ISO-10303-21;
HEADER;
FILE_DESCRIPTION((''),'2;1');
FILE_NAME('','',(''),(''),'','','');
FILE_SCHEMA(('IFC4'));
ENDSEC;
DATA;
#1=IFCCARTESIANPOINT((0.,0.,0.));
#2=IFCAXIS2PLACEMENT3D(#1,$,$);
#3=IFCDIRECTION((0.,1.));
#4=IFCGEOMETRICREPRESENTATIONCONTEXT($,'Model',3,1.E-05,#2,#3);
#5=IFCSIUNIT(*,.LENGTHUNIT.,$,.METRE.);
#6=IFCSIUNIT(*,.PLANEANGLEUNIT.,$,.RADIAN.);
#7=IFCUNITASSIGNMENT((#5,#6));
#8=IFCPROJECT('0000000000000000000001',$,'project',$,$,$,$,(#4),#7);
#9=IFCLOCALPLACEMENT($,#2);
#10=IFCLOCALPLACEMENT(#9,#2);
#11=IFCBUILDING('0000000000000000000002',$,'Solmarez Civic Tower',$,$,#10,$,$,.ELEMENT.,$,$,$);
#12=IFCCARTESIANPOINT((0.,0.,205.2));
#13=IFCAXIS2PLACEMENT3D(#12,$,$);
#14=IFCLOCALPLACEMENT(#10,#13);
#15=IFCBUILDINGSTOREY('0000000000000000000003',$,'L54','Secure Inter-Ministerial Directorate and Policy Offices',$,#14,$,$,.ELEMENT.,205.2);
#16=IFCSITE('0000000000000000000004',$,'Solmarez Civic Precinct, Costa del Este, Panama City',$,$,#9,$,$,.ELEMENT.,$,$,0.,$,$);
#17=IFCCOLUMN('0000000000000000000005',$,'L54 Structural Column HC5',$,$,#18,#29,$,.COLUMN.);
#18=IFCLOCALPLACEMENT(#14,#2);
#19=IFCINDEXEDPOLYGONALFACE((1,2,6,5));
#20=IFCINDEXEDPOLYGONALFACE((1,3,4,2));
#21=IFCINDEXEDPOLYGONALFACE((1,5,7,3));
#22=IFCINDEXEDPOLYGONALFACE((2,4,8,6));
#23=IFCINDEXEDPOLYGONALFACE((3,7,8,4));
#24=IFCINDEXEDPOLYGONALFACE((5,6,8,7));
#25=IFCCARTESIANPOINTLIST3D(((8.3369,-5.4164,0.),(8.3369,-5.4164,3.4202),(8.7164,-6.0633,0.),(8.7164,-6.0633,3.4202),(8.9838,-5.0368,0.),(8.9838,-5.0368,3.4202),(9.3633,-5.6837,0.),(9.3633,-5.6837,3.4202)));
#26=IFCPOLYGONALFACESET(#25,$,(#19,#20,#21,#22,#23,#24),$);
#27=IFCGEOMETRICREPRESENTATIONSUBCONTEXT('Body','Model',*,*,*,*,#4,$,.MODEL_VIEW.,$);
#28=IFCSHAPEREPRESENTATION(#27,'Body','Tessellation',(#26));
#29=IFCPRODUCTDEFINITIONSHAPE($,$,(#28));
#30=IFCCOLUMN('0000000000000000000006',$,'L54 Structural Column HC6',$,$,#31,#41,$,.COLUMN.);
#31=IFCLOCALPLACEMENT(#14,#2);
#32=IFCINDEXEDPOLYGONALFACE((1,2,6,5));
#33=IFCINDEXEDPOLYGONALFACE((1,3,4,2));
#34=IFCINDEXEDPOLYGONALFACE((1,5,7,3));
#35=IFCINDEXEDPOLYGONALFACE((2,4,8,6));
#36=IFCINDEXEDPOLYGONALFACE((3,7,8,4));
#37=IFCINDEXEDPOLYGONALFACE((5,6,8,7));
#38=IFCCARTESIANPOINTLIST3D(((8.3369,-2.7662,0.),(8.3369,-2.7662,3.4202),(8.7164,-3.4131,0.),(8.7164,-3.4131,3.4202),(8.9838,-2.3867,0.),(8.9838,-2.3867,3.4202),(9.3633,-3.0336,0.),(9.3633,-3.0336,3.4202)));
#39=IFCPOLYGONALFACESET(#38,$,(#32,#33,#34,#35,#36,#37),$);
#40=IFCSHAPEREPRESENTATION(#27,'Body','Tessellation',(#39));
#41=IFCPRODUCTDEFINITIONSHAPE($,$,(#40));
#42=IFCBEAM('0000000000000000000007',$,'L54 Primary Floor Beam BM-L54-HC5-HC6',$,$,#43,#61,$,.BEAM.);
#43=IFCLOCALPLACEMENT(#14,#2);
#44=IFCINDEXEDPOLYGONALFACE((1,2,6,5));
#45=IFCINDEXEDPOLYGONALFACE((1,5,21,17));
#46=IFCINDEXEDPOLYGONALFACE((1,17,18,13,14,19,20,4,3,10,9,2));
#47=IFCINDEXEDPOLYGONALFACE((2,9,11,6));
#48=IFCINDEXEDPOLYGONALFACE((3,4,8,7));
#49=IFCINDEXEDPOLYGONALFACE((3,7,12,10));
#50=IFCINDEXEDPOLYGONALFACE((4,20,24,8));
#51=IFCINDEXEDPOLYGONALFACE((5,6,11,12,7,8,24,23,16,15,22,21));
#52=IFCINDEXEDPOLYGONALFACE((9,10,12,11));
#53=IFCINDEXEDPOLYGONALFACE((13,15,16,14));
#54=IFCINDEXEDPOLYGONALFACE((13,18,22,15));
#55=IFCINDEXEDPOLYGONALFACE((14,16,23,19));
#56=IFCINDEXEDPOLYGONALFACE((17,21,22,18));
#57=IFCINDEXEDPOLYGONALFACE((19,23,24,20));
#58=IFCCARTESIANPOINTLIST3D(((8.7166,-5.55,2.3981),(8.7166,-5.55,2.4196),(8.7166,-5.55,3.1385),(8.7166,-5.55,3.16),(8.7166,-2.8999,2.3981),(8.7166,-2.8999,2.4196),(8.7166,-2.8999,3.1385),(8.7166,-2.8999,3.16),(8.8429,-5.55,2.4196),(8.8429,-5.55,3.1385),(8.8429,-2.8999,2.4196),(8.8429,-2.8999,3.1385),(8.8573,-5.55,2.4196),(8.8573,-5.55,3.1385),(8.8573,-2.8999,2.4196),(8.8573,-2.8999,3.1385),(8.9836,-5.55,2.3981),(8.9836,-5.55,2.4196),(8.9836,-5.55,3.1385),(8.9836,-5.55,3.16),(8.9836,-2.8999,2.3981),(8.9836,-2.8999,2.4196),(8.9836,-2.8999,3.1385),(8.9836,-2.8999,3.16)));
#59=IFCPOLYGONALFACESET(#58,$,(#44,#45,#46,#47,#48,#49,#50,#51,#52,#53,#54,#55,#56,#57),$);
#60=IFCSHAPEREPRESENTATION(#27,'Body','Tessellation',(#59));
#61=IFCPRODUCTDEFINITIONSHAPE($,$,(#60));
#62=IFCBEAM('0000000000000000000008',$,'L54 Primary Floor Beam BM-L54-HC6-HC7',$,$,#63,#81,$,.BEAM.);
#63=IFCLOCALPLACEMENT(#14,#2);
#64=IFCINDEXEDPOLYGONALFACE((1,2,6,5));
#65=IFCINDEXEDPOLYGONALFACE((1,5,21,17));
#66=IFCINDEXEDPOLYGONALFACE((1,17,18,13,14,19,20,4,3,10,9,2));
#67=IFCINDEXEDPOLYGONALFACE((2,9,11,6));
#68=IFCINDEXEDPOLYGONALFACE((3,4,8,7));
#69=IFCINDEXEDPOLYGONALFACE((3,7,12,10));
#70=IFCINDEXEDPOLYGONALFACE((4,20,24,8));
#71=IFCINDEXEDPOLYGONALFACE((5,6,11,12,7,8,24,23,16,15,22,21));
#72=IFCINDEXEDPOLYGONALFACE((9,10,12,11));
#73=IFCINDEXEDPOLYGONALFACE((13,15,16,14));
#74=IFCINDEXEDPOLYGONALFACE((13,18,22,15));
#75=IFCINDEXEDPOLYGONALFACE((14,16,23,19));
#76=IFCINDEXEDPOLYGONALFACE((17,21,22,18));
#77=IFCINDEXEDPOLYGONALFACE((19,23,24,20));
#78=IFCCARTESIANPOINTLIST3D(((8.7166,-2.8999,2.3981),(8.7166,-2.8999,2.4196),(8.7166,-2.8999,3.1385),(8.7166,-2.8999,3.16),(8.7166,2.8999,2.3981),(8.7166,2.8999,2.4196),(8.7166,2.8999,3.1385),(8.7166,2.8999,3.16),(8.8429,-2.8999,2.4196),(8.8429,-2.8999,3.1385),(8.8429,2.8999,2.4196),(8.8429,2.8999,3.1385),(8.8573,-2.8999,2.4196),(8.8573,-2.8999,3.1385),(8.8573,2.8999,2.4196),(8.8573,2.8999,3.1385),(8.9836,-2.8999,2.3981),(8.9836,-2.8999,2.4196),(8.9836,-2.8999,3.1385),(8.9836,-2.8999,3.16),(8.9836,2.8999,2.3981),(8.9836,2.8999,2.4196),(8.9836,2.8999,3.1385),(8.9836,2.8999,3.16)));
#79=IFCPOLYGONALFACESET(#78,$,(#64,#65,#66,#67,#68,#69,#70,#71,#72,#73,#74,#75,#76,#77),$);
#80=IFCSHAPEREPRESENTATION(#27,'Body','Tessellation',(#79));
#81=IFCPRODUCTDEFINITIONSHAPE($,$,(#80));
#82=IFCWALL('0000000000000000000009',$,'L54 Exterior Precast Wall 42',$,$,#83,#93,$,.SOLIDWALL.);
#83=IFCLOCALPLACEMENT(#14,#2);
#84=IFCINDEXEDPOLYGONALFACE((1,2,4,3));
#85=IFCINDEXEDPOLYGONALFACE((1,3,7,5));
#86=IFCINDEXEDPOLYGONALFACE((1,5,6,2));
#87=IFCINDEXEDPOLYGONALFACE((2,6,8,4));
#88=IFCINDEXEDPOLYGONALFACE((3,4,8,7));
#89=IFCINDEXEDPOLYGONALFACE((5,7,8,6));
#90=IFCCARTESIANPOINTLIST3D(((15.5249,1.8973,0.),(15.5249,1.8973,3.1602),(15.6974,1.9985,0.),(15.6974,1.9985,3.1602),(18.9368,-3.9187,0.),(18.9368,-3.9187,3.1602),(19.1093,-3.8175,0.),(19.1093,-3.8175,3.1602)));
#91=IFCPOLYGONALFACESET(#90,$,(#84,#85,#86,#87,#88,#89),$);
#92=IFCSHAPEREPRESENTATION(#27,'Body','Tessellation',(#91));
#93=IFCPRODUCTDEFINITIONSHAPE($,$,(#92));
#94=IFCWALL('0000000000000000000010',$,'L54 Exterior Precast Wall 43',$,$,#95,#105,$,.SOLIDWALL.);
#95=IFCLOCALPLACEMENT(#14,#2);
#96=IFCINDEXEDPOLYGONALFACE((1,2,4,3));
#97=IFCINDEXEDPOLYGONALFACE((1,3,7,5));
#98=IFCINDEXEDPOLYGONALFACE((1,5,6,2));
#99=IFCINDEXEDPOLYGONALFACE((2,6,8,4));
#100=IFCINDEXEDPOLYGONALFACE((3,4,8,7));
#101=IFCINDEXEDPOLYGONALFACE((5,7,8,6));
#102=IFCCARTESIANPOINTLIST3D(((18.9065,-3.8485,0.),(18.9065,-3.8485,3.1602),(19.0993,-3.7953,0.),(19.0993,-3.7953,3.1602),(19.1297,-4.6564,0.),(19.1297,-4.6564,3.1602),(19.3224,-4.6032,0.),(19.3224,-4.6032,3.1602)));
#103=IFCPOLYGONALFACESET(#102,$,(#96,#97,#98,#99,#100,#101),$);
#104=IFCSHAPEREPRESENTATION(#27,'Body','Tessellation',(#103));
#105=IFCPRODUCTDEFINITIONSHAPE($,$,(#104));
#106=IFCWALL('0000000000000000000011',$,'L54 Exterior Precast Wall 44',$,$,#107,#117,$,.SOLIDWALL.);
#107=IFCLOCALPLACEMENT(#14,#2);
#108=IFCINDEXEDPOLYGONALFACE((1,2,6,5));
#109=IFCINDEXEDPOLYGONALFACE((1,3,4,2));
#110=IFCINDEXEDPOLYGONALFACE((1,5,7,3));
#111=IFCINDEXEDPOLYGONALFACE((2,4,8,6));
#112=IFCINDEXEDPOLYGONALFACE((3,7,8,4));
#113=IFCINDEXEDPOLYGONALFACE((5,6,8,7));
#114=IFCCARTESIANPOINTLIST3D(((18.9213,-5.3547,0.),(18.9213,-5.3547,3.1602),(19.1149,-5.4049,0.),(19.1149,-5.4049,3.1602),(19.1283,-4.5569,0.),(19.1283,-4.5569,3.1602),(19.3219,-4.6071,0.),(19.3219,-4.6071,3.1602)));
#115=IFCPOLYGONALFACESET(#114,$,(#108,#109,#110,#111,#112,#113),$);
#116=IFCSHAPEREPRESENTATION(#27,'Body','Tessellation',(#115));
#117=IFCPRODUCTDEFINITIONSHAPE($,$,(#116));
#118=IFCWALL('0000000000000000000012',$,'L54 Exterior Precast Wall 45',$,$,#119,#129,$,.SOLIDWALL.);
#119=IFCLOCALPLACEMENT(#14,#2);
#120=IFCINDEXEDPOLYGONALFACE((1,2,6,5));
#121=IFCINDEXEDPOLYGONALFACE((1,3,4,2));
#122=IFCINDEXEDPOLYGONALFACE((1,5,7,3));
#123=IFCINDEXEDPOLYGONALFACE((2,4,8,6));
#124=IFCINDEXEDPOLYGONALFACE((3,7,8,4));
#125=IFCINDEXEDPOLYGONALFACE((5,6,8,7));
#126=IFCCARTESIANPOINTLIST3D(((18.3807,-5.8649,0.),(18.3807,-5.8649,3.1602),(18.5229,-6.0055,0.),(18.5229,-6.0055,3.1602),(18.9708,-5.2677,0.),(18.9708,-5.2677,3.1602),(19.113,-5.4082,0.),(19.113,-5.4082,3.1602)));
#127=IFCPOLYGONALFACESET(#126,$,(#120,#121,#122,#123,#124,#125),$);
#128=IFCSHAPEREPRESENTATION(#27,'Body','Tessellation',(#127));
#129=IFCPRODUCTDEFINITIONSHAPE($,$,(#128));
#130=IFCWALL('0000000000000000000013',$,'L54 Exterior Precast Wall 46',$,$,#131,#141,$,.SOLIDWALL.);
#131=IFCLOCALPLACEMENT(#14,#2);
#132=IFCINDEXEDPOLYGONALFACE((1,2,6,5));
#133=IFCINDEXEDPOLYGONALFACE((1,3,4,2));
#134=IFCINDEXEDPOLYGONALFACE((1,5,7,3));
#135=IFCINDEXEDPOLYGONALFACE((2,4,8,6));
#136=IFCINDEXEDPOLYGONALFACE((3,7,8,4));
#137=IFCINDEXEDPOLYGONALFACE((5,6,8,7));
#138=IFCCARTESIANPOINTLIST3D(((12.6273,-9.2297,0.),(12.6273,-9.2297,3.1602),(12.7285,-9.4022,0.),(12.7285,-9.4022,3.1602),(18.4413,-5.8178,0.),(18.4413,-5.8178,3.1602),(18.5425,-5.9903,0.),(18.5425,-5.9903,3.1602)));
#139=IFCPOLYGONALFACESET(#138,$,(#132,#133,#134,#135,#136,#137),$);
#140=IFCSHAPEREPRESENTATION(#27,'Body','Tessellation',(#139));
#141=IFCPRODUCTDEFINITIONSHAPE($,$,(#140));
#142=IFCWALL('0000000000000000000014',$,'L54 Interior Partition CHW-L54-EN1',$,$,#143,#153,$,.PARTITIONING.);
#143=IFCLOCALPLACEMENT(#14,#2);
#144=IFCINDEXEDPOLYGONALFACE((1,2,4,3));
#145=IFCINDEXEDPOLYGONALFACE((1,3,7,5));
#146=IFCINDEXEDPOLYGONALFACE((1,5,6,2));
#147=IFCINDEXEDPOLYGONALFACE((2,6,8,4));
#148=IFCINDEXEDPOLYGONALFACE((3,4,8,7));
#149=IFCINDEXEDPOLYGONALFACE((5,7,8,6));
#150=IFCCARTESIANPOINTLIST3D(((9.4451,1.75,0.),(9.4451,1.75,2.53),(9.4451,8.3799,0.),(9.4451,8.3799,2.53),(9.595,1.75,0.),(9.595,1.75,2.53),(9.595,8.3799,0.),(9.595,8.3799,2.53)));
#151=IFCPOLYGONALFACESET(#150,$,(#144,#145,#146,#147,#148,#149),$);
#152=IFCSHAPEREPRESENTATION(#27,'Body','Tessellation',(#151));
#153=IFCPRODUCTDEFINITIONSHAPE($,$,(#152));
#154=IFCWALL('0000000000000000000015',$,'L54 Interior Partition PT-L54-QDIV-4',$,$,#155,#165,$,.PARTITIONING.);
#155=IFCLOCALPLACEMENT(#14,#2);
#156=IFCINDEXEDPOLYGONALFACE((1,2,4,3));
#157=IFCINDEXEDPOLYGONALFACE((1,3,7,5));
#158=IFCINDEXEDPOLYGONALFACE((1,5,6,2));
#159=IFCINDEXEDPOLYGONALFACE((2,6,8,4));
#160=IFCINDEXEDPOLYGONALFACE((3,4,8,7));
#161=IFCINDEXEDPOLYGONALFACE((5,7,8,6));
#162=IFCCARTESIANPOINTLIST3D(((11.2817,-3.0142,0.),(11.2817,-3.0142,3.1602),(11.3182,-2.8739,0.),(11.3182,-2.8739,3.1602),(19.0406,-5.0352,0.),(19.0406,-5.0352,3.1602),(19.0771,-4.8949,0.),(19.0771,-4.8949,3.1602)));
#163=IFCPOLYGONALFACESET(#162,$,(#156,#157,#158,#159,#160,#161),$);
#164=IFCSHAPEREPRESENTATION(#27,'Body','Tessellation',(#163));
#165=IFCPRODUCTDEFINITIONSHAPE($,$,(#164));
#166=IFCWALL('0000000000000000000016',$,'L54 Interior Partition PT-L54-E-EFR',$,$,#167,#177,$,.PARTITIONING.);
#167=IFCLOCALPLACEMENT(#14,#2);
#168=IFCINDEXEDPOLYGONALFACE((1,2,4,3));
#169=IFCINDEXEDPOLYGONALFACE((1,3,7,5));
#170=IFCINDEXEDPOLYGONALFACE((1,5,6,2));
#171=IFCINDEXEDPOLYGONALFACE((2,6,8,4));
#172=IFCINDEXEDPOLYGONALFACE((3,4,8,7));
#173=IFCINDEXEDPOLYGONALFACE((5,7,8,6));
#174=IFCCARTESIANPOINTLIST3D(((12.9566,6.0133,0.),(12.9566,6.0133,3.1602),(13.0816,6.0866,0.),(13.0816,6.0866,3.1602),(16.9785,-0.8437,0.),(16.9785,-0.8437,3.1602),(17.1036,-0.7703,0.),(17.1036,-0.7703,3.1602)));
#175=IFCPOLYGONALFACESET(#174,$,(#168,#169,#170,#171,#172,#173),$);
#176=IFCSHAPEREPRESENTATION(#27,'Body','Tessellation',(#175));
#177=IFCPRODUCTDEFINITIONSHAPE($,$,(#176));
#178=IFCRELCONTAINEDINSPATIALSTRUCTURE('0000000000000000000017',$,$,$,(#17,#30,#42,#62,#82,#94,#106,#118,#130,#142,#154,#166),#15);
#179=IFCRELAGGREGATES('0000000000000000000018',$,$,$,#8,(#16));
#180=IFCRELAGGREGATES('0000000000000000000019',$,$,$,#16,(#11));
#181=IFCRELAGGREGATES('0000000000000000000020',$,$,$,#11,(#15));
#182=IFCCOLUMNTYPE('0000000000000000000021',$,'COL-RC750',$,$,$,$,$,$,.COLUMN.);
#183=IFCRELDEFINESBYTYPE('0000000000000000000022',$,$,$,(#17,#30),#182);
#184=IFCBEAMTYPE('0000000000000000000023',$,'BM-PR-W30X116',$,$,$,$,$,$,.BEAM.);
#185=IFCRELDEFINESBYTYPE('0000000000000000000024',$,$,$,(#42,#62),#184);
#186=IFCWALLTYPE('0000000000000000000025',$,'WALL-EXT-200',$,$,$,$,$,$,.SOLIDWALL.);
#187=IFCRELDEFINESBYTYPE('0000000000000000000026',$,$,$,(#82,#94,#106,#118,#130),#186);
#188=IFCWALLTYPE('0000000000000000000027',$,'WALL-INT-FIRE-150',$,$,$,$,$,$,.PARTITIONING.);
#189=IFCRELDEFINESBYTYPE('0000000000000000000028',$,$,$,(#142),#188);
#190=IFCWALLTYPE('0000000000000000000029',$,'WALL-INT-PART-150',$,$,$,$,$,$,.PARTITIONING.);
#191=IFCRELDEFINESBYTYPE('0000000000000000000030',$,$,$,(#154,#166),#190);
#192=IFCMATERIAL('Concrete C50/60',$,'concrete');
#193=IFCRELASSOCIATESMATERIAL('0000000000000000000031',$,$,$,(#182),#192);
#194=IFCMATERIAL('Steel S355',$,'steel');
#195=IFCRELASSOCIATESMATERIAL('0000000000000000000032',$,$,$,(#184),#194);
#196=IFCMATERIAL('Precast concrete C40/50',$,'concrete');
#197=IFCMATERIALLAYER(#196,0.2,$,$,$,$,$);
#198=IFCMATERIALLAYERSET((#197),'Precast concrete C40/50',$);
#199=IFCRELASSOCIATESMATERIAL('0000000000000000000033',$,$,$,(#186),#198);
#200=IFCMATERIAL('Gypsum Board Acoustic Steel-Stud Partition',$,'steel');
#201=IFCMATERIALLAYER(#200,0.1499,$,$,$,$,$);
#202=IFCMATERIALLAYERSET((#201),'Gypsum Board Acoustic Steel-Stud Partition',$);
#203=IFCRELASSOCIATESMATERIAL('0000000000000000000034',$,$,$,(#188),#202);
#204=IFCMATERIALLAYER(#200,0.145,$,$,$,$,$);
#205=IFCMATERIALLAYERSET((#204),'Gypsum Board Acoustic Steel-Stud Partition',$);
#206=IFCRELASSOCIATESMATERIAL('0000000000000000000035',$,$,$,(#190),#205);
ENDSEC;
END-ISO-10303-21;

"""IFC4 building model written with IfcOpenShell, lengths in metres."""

from ifc_helpers import new_model, si_unit, direction, frame, frame_2d, origin, origin_2d, place, context, subcontext, project, spatial, rectangle, i_section, extrude, material, layer, layer_set, material_profile, profile_set, type_object, element, save


model = new_model("IFC4")

# Units and contexts
model_context = context("Model", 3, precision=1e-05, world=origin(), true_north=direction((0.0, 1.0)))
body_context = subcontext(model_context, "Body", "Model", "MODEL_VIEW")
ifc_project = project(units=[si_unit("LENGTHUNIT", "METRE"), si_unit("PLANEANGLEUNIT", "RADIAN")], contexts=[model_context])

# Site, building, storey
site_placement = place(None, origin())
site = spatial("IfcSite", under=ifc_project, at=site_placement, Name="Solmarez Civic Precinct, Costa del Este, Panama City", CompositionType="ELEMENT", RefElevation=0.0)
building_placement = place(site_placement, origin())
building = spatial("IfcBuilding", under=site, at=building_placement, Name="Solmarez Civic Tower", CompositionType="ELEMENT")
storey_placement = place(building_placement, frame((0.0, 0.0, 205.2)))
storey = spatial("IfcBuildingStorey", under=building, at=storey_placement, Name="L54", Description="Secure Inter-Ministerial Directorate and Policy Offices", CompositionType="ELEMENT", Elevation=205.2)

# Columns
ifc_material_1 = material(Name="Concrete C50/60", Category="concrete")
ifc_material_profile_1 = material_profile(ifc_material_1, rectangle(XDim=0.75, YDim=0.75, at=origin_2d()), Name="RC750X750")
ifc_profile_set_1 = profile_set([ifc_material_profile_1], Name="Concrete C50/60")
column_type = type_object("IfcColumnType", Name="COL-RC750", PredefinedType="COLUMN", material=ifc_profile_set_1)
for number, where, z_axis, x_axis, name in (
    (1, (8.8501, -5.55, 0.0), (0.0, 0.0, 1.0), (0.862514, 0.506034, 0.0), "L54 Structural Column HC5"),
    (2, (8.8501, -2.8999, 0.0), (0.0, 0.0, 1.0), (0.862514, 0.506034, 0.0), "L54 Structural Column HC6"),
):
    element("IfcColumn", number, at=place(storey_placement, frame(where, z_axis=z_axis, x_axis=x_axis)), inside=storey, type_object=column_type, Name=name, PredefinedType="COLUMN", context=body_context, shape_type="SweptSolid", body=[
        extrude(rectangle(XDim=0.75, YDim=0.75, at=origin_2d()), origin(), (0.0, 0.0, 1.0), 3.4202),
    ])

# Beams
ifc_material_2 = material(Name="Steel S355", Category="steel")
ifc_material_profile_2 = material_profile(ifc_material_2, i_section(OverallWidth=0.2671, OverallDepth=0.762, WebThickness=0.0144, FlangeThickness=0.0215, at=origin_2d()), Name="W30X116")
ifc_profile_set_2 = profile_set([ifc_material_profile_2], Name="Steel S355")
beam_type = type_object("IfcBeamType", Name="BM-PR-W30X116", PredefinedType="BEAM", material=ifc_profile_set_2)
beam_1_placement = place(storey_placement, frame((8.8501, -5.55, 2.7791), z_axis=(0.0, 1.0, 0.0), x_axis=(-1.0, 0.0, 0.0)))
element("IfcBeam", 3, at=beam_1_placement, inside=storey, type_object=beam_type, Name="L54 Primary Floor Beam BM-L54-HC5-HC6", PredefinedType="BEAM", context=body_context, shape_type="SweptSolid", body=[
    extrude(i_section(OverallWidth=0.2671, OverallDepth=0.762, WebThickness=0.0144, FlangeThickness=0.0215, at=origin_2d()), origin(), (0.0, 0.0, 1.0), 2.6501),
])
beam_2_placement = place(storey_placement, frame((8.8501, -2.8999, 2.7791), z_axis=(0.0, 1.0, 0.0), x_axis=(-1.0, 0.0, 0.0)))
element("IfcBeam", 4, at=beam_2_placement, inside=storey, type_object=beam_type, Name="L54 Primary Floor Beam BM-L54-HC6-HC7", PredefinedType="BEAM", context=body_context, shape_type="SweptSolid", body=[
    extrude(i_section(OverallWidth=0.2671, OverallDepth=0.762, WebThickness=0.0144, FlangeThickness=0.0215, at=origin_2d()), origin(), (0.0, 0.0, 1.0), 5.7998),
])

# Walls
ifc_material_3 = material(Name="Precast concrete C40/50", Category="concrete")
ifc_layer_1 = layer(ifc_material_3, 0.2)
ifc_layer_set_1 = layer_set([ifc_layer_1], Name="Precast concrete C40/50")
wall_type_1 = type_object("IfcWallType", Name="WALL-EXT-200", PredefinedType="SOLIDWALL", material=ifc_layer_set_1)
wall_1_placement = place(storey_placement, frame((15.6111, 1.948, 0.0), z_axis=(0.0, 0.0, 1.0), x_axis=(0.505999, -0.862534, 0.0)))
element("IfcWall", 5, at=wall_1_placement, inside=storey, type_object=wall_type_1, Name="L54 Exterior Precast Wall 42", PredefinedType="SOLIDWALL", context=body_context, shape_type="SweptSolid", body=[
    extrude(rectangle(XDim=6.7429, YDim=0.2, at=frame_2d((3.3716, 0.0))), origin(), (0.0, 0.0, 1.0), 3.1602),
])
wall_2_placement = place(storey_placement, frame((19.0029, -3.822, 0.0), z_axis=(0.0, 0.0, 1.0), x_axis=(0.266246, -0.963905, 0.0)))
element("IfcWall", 6, at=wall_2_placement, inside=storey, type_object=wall_type_1, Name="L54 Exterior Precast Wall 43", PredefinedType="SOLIDWALL", context=body_context, shape_type="SweptSolid", body=[
    extrude(rectangle(XDim=0.8381, YDim=0.2, at=frame_2d((0.4189, 0.0))), origin(), (0.0, 0.0, 1.0), 3.1602),
])
wall_3_placement = place(storey_placement, frame((19.2251, -4.582, 0.0), z_axis=(0.0, 0.0, 1.0), x_axis=(-0.251168, -0.967944, 0.0)))
element("IfcWall", 7, at=wall_3_placement, inside=storey, type_object=wall_type_1, Name="L54 Exterior Precast Wall 44", PredefinedType="SOLIDWALL", context=body_context, shape_type="SweptSolid", body=[
    extrude(rectangle(XDim=0.8242, YDim=0.2, at=frame_2d((0.4121, 0.0))), origin(), (0.0, 0.0, 1.0), 3.1602),
])
wall_4_placement = place(storey_placement, frame((19.042, -5.3379, 0.0), z_axis=(0.0, 0.0, 1.0), x_axis=(-0.702878, -0.711311, 0.0)))
element("IfcWall", 8, at=wall_4_placement, inside=storey, type_object=wall_type_1, Name="L54 Exterior Precast Wall 45", PredefinedType="SOLIDWALL", context=body_context, shape_type="SweptSolid", body=[
    extrude(rectangle(XDim=0.8396, YDim=0.2, at=frame_2d((0.4199, 0.0))), origin(), (0.0, 0.0, 1.0), 3.1602),
])
wall_5_placement = place(storey_placement, frame((18.4919, -5.9041, 0.0), z_axis=(0.0, 0.0, 1.0), x_axis=(-0.86246, -0.506126, 0.0)))
element("IfcWall", 9, at=wall_5_placement, inside=storey, type_object=wall_type_1, Name="L54 Exterior Precast Wall 46", PredefinedType="SOLIDWALL", context=body_context, shape_type="SweptSolid", body=[
    extrude(rectangle(XDim=6.7412, YDim=0.2, at=frame_2d((3.3706, 0.0))), origin(), (0.0, 0.0, 1.0), 3.1602),
])
ifc_material_4 = material(Name="Gypsum Board Acoustic Steel-Stud Partition", Category="steel")
ifc_layer_2 = layer(ifc_material_4, 0.1499)
ifc_layer_set_2 = layer_set([ifc_layer_2], Name="Gypsum Board Acoustic Steel-Stud Partition")
wall_type_2 = type_object("IfcWallType", Name="WALL-INT-FIRE-150", PredefinedType="PARTITIONING", material=ifc_layer_set_2)
wall_6_placement = place(storey_placement, frame((9.52, 1.75, 0.0), z_axis=(0.0, 0.0, 1.0), x_axis=(0.0, 1.0, 0.0)))
element("IfcWall", 10, at=wall_6_placement, inside=storey, type_object=wall_type_2, Name="L54 Interior Partition CHW-L54-EN1", PredefinedType="PARTITIONING", context=body_context, shape_type="SweptSolid", body=[
    extrude(rectangle(XDim=6.6299, YDim=0.1499, at=frame_2d((3.3149, 0.0))), origin(), (0.0, 0.0, 1.0), 2.53),
])
ifc_layer_3 = layer(ifc_material_4, 0.145)
ifc_layer_set_3 = layer_set([ifc_layer_3], Name="Gypsum Board Acoustic Steel-Stud Partition")
wall_type_3 = type_object("IfcWallType", Name="WALL-INT-PART-150", PredefinedType="PARTITIONING", material=ifc_layer_set_3)
wall_7_placement = place(storey_placement, frame((11.3, -2.9441, 0.0), z_axis=(0.0, 0.0, 1.0), x_axis=(0.967712, -0.25206, 0.0)))
element("IfcWall", 11, at=wall_7_placement, inside=storey, type_object=wall_type_3, Name="L54 Interior Partition PT-L54-QDIV-4", PredefinedType="PARTITIONING", context=body_context, shape_type="SweptSolid", body=[
    extrude(rectangle(XDim=8.0178, YDim=0.145, at=frame_2d((4.0088, 0.0))), origin(), (0.0, 0.0, 1.0), 3.1602),
])
wall_8_placement = place(storey_placement, frame((17.041, -0.8069, 0.0), z_axis=(0.0, 0.0, 1.0), x_axis=(-0.505943, 0.862567, 0.0)))
element("IfcWall", 12, at=wall_8_placement, inside=storey, type_object=wall_type_3, Name="L54 Interior Partition PT-L54-E-EFR", PredefinedType="PARTITIONING", context=body_context, shape_type="SweptSolid", body=[
    extrude(rectangle(XDim=7.9495, YDim=0.145, at=frame_2d((3.9746, 0.0))), origin(), (0.0, 0.0, 1.0), 3.1602),
])

save(model, "model.ifc")
